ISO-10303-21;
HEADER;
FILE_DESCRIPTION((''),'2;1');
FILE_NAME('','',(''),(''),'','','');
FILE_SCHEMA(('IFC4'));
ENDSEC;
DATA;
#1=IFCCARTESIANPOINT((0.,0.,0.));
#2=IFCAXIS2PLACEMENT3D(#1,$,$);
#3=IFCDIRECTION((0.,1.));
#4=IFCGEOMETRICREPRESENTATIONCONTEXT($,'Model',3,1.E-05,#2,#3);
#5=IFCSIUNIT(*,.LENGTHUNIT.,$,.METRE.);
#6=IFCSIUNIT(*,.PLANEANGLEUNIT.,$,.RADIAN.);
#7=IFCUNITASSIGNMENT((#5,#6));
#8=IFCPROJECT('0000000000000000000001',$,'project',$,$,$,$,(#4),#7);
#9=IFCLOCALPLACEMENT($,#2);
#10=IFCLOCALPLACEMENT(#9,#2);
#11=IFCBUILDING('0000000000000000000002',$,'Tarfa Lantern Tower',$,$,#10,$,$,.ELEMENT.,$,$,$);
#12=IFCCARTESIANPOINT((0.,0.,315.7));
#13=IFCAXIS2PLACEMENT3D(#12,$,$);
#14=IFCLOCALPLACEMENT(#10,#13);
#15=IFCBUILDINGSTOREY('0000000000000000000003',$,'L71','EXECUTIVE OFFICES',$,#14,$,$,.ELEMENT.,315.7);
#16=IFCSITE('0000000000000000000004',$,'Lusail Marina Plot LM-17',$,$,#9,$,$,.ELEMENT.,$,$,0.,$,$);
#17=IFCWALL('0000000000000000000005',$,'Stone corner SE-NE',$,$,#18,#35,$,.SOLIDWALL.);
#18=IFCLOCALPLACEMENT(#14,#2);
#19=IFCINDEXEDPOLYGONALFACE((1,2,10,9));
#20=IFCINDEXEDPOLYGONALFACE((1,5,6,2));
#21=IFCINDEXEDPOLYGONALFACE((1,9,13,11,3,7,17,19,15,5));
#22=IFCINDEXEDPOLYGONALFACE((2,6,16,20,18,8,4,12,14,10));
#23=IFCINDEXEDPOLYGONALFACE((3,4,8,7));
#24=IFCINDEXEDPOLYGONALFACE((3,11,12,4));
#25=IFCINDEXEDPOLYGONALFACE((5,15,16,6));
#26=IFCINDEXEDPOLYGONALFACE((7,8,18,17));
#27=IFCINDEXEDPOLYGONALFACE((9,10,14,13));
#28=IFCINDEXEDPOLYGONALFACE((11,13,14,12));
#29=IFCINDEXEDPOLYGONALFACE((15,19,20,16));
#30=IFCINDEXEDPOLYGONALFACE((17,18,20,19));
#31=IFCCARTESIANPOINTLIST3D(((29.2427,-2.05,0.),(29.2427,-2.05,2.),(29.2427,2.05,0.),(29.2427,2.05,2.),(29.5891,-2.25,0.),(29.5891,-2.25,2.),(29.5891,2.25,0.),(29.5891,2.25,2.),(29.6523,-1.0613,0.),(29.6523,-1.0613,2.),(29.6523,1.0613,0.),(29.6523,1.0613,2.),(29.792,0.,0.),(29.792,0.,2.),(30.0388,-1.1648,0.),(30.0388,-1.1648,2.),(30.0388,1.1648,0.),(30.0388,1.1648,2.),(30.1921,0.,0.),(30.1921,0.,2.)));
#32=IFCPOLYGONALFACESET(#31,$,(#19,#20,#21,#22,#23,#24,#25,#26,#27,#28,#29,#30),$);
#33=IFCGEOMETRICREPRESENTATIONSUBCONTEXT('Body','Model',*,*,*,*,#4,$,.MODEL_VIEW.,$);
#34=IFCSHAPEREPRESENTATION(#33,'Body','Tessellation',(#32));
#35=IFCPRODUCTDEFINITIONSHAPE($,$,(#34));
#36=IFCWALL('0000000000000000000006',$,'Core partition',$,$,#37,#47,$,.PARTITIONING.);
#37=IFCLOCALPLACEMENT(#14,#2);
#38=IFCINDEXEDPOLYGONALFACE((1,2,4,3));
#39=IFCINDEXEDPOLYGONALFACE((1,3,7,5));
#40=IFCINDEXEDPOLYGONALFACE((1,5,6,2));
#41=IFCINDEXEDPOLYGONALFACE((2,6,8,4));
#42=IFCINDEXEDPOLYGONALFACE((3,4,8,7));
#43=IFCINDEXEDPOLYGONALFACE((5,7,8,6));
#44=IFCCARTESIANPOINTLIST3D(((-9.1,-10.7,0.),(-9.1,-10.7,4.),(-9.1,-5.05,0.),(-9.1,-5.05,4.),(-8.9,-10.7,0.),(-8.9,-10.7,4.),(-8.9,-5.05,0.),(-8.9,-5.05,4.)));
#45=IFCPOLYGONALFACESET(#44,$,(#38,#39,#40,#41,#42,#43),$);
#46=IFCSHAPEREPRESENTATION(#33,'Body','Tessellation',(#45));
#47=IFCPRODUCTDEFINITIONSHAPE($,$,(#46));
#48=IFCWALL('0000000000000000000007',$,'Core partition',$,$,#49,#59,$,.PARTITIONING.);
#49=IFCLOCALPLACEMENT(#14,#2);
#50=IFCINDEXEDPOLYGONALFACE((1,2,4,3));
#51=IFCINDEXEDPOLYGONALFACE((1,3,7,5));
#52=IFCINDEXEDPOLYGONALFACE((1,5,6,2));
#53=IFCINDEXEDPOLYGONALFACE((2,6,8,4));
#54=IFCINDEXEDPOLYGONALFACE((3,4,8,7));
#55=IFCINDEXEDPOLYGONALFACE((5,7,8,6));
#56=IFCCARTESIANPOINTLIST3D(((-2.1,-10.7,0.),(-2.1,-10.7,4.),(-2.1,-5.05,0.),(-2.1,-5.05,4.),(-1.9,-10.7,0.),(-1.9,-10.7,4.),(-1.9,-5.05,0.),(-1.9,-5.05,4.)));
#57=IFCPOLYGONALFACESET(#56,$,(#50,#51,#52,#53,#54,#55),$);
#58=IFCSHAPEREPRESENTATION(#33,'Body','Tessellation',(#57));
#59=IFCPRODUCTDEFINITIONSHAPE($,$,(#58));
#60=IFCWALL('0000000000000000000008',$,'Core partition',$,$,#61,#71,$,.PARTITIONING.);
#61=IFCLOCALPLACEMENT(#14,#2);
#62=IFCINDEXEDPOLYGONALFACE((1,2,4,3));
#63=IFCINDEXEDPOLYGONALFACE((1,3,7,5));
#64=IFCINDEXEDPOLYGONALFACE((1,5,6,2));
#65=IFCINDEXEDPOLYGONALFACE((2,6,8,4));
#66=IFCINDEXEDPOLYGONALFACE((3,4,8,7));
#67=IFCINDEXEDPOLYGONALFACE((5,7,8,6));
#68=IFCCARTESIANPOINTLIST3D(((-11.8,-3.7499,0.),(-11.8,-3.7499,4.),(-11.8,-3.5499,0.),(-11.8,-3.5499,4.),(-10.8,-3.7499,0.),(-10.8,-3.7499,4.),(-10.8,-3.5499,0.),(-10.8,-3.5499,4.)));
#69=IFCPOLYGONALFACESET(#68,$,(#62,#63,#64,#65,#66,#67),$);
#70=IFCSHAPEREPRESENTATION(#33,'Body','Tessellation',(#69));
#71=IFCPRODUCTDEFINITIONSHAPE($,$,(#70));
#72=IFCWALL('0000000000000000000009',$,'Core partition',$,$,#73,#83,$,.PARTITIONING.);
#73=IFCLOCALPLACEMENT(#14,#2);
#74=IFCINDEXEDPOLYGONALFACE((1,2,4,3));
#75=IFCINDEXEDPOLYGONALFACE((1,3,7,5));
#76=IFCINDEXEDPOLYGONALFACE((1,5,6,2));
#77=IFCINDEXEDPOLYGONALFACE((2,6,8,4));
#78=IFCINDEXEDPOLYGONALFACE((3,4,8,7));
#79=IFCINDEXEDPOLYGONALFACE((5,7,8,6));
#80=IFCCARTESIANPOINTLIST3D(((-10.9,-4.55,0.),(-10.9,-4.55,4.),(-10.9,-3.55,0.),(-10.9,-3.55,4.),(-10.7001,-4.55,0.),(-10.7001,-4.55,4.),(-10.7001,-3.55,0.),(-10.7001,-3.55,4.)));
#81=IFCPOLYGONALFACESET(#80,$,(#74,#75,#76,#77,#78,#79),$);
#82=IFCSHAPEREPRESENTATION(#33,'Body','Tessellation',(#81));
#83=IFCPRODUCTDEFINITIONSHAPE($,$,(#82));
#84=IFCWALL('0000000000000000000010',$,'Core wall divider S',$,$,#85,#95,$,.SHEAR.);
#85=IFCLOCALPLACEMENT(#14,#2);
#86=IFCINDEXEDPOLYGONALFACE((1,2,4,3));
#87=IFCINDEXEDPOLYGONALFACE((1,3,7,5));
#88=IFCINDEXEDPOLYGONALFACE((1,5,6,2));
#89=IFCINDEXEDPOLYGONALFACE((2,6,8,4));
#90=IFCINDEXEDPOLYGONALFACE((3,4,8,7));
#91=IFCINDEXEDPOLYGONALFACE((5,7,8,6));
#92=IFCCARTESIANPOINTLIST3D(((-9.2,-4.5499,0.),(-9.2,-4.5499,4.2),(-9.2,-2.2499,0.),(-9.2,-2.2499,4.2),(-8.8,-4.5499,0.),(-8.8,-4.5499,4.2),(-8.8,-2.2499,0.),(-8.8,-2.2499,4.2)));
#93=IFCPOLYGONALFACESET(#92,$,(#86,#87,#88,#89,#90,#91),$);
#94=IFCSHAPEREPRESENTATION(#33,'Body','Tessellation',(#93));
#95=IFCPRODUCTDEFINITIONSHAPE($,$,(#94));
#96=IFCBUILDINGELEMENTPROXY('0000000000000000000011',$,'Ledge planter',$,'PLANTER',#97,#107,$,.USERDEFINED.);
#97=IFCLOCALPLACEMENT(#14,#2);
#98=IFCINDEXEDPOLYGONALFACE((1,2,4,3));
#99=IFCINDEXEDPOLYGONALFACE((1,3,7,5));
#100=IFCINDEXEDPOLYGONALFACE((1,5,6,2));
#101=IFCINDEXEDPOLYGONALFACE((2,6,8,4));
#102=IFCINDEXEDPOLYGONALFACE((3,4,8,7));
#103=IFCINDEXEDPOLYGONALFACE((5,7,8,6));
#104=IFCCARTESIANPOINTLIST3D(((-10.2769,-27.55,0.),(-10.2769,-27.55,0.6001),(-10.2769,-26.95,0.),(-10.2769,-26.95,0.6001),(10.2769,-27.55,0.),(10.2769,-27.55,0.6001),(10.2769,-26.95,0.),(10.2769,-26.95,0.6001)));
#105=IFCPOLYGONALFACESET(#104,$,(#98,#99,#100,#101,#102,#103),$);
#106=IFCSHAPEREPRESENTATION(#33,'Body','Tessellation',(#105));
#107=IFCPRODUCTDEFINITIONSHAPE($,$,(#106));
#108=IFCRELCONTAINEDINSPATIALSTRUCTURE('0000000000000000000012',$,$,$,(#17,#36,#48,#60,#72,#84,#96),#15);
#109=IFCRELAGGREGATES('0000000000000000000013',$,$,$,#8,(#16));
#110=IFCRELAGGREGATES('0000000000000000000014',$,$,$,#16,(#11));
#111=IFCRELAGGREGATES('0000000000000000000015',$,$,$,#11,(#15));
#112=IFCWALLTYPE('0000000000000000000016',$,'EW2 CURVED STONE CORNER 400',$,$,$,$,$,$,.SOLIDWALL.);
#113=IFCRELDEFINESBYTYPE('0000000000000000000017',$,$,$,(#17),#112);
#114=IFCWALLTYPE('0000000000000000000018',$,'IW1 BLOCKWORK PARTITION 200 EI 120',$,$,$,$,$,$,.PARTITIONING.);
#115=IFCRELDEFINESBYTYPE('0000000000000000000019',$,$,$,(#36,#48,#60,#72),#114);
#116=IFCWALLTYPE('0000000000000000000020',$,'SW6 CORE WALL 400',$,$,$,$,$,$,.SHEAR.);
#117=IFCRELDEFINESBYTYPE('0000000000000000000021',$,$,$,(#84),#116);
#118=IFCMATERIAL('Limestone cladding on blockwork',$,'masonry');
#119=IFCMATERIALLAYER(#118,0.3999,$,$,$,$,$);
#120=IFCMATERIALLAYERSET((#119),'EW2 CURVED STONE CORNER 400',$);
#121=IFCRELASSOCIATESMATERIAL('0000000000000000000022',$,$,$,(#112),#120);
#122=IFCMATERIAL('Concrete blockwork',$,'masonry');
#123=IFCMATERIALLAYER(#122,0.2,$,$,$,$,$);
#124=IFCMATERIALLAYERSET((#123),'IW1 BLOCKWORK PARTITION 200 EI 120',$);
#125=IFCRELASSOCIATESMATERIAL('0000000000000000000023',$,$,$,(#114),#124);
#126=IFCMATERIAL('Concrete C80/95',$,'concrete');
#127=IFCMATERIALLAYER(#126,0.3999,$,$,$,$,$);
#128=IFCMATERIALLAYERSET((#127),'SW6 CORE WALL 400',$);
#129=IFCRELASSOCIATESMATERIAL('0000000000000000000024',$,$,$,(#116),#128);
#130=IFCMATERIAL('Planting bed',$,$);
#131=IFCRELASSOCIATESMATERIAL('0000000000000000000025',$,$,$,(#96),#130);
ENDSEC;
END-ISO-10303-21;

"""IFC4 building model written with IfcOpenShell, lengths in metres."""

from ifc_helpers import new_model, si_unit, direction, frame, frame_2d, origin, origin_2d, place, context, subcontext, project, spatial, polyline, rectangle, outline, extrude, material, layer, layer_set, type_object, element, save


model = new_model("IFC4")

# Units and contexts
model_context = context("Model", 3, precision=1e-05, world=origin(), true_north=direction((0.0, 1.0)))
body_context = subcontext(model_context, "Body", "Model", "MODEL_VIEW")
ifc_project = project(units=[si_unit("LENGTHUNIT", "METRE"), si_unit("PLANEANGLEUNIT", "RADIAN")], contexts=[model_context])

# Site, building, storey
site_placement = place(None, origin())
site = spatial("IfcSite", under=ifc_project, at=site_placement, Name="Lusail Marina Plot LM-17", CompositionType="ELEMENT", RefElevation=0.0)
building_placement = place(site_placement, origin())
building = spatial("IfcBuilding", under=site, at=building_placement, Name="Tarfa Lantern Tower", CompositionType="ELEMENT")
storey_placement = place(building_placement, frame((0.0, 0.0, 315.7)))
storey = spatial("IfcBuildingStorey", under=building, at=storey_placement, Name="L71", Description="EXECUTIVE OFFICES", CompositionType="ELEMENT", Elevation=315.7)

# Shared definitions
ifc_material_1 = material(Name="Concrete C80/95", Category="concrete")

# Walls
ifc_material_2 = material(Name="Limestone cladding on blockwork", Category="masonry")
ifc_layer_1 = layer(ifc_material_2, 0.3999)
ifc_layer_set_1 = layer_set([ifc_layer_1], Name="EW2 CURVED STONE CORNER 400")
wall_type_1 = type_object("IfcWallType", Name="EW2 CURVED STONE CORNER 400", PredefinedType="SOLIDWALL", material=ifc_layer_set_1)
wall_1_placement = place(storey_placement, origin())
element("IfcWall", 1, at=wall_1_placement, inside=storey, type_object=wall_type_1, Name="Stone corner SE-NE", PredefinedType="SOLIDWALL", context=body_context, shape_type="SweptSolid", body=[
    extrude(outline(polyline([(29.5891, -2.25), (30.0388, -1.1648), (30.1921, 0.0), (30.0388, 1.1648), (29.5891, 2.25), (29.2427, 2.05), (29.6523, 1.0613), (29.792, 0.0), (29.6523, -1.0613), (29.2427, -2.05), (29.5891, -2.25)])), origin(), (0.0, 0.0, 1.0), 2.0),
])
ifc_material_3 = material(Name="Concrete blockwork", Category="masonry")
ifc_layer_2 = layer(ifc_material_3, 0.2)
ifc_layer_set_2 = layer_set([ifc_layer_2], Name="IW1 BLOCKWORK PARTITION 200 EI 120")
wall_type_2 = type_object("IfcWallType", Name="IW1 BLOCKWORK PARTITION 200 EI 120", PredefinedType="PARTITIONING", material=ifc_layer_set_2)
for number, where, z_axis, x_axis, name in (
    (2, (-9.0, -5.05, 0.0), (0.0, 0.0, 1.0), (0.0, -1.0, 0.0), "Core partition"),
    (3, (-2.0, -5.05, 0.0), (0.0, 0.0, 1.0), (0.0, -1.0, 0.0), "Core partition"),
):
    element("IfcWall", number, at=place(storey_placement, frame(where, z_axis=z_axis, x_axis=x_axis)), inside=storey, type_object=wall_type_2, Name=name, PredefinedType="PARTITIONING", context=body_context, shape_type="SweptSolid", body=[
        extrude(rectangle(XDim=5.6499, YDim=0.2, at=frame_2d((2.825, 0.0))), origin(), (0.0, 0.0, 1.0), 4.0),
    ])
for number, where, z_axis, x_axis, name in (
    (4, (-10.8, -3.6499, 0.0), (0.0, 0.0, 1.0), (-1.0, 0.0, 0.0), "Core partition"),
    (5, (-10.8, -3.55, 0.0), (0.0, 0.0, 1.0), (0.0, -1.0, 0.0), "Core partition"),
):
    element("IfcWall", number, at=place(storey_placement, frame(where, z_axis=z_axis, x_axis=x_axis)), inside=storey, type_object=wall_type_2, Name=name, PredefinedType="PARTITIONING", context=body_context, shape_type="SweptSolid", body=[
        extrude(rectangle(XDim=1.0, YDim=0.2, at=frame_2d((0.5, 0.0))), origin(), (0.0, 0.0, 1.0), 4.0),
    ])
ifc_layer_3 = layer(ifc_material_1, 0.3999)
ifc_layer_set_3 = layer_set([ifc_layer_3], Name="SW6 CORE WALL 400")
wall_type_3 = type_object("IfcWallType", Name="SW6 CORE WALL 400", PredefinedType="SHEAR", material=ifc_layer_set_3)
wall_2_placement = place(storey_placement, frame((-9.0, -2.25, 0.0), z_axis=(0.0, 0.0, 1.0), x_axis=(0.0, -1.0, 0.0)))
element("IfcWall", 6, at=wall_2_placement, inside=storey, type_object=wall_type_3, Name="Core wall divider S", PredefinedType="SHEAR", context=body_context, shape_type="SweptSolid", body=[
    extrude(rectangle(XDim=2.3, YDim=0.3999, at=frame_2d((1.1499, 0.0))), origin(), (0.0, 0.0, 1.0), 4.2),
])

# Building element proxy
ifc_material_4 = material(Name="Planting bed")
proxy_placement = place(storey_placement, frame((0.0, -27.25, 0.0), z_axis=(0.0, 0.0, 1.0), x_axis=(1.0, 0.0, 0.0)))
element("IfcBuildingElementProxy", 7, at=proxy_placement, inside=storey, material=ifc_material_4, Name="Ledge planter", ObjectType="PLANTER", PredefinedType="USERDEFINED", context=body_context, shape_type="SweptSolid", body=[
    extrude(rectangle(XDim=20.5537, YDim=0.6001, at=origin_2d()), origin(), (0.0, 0.0, 1.0), 0.6001),
])

save(model, "model.ifc")
